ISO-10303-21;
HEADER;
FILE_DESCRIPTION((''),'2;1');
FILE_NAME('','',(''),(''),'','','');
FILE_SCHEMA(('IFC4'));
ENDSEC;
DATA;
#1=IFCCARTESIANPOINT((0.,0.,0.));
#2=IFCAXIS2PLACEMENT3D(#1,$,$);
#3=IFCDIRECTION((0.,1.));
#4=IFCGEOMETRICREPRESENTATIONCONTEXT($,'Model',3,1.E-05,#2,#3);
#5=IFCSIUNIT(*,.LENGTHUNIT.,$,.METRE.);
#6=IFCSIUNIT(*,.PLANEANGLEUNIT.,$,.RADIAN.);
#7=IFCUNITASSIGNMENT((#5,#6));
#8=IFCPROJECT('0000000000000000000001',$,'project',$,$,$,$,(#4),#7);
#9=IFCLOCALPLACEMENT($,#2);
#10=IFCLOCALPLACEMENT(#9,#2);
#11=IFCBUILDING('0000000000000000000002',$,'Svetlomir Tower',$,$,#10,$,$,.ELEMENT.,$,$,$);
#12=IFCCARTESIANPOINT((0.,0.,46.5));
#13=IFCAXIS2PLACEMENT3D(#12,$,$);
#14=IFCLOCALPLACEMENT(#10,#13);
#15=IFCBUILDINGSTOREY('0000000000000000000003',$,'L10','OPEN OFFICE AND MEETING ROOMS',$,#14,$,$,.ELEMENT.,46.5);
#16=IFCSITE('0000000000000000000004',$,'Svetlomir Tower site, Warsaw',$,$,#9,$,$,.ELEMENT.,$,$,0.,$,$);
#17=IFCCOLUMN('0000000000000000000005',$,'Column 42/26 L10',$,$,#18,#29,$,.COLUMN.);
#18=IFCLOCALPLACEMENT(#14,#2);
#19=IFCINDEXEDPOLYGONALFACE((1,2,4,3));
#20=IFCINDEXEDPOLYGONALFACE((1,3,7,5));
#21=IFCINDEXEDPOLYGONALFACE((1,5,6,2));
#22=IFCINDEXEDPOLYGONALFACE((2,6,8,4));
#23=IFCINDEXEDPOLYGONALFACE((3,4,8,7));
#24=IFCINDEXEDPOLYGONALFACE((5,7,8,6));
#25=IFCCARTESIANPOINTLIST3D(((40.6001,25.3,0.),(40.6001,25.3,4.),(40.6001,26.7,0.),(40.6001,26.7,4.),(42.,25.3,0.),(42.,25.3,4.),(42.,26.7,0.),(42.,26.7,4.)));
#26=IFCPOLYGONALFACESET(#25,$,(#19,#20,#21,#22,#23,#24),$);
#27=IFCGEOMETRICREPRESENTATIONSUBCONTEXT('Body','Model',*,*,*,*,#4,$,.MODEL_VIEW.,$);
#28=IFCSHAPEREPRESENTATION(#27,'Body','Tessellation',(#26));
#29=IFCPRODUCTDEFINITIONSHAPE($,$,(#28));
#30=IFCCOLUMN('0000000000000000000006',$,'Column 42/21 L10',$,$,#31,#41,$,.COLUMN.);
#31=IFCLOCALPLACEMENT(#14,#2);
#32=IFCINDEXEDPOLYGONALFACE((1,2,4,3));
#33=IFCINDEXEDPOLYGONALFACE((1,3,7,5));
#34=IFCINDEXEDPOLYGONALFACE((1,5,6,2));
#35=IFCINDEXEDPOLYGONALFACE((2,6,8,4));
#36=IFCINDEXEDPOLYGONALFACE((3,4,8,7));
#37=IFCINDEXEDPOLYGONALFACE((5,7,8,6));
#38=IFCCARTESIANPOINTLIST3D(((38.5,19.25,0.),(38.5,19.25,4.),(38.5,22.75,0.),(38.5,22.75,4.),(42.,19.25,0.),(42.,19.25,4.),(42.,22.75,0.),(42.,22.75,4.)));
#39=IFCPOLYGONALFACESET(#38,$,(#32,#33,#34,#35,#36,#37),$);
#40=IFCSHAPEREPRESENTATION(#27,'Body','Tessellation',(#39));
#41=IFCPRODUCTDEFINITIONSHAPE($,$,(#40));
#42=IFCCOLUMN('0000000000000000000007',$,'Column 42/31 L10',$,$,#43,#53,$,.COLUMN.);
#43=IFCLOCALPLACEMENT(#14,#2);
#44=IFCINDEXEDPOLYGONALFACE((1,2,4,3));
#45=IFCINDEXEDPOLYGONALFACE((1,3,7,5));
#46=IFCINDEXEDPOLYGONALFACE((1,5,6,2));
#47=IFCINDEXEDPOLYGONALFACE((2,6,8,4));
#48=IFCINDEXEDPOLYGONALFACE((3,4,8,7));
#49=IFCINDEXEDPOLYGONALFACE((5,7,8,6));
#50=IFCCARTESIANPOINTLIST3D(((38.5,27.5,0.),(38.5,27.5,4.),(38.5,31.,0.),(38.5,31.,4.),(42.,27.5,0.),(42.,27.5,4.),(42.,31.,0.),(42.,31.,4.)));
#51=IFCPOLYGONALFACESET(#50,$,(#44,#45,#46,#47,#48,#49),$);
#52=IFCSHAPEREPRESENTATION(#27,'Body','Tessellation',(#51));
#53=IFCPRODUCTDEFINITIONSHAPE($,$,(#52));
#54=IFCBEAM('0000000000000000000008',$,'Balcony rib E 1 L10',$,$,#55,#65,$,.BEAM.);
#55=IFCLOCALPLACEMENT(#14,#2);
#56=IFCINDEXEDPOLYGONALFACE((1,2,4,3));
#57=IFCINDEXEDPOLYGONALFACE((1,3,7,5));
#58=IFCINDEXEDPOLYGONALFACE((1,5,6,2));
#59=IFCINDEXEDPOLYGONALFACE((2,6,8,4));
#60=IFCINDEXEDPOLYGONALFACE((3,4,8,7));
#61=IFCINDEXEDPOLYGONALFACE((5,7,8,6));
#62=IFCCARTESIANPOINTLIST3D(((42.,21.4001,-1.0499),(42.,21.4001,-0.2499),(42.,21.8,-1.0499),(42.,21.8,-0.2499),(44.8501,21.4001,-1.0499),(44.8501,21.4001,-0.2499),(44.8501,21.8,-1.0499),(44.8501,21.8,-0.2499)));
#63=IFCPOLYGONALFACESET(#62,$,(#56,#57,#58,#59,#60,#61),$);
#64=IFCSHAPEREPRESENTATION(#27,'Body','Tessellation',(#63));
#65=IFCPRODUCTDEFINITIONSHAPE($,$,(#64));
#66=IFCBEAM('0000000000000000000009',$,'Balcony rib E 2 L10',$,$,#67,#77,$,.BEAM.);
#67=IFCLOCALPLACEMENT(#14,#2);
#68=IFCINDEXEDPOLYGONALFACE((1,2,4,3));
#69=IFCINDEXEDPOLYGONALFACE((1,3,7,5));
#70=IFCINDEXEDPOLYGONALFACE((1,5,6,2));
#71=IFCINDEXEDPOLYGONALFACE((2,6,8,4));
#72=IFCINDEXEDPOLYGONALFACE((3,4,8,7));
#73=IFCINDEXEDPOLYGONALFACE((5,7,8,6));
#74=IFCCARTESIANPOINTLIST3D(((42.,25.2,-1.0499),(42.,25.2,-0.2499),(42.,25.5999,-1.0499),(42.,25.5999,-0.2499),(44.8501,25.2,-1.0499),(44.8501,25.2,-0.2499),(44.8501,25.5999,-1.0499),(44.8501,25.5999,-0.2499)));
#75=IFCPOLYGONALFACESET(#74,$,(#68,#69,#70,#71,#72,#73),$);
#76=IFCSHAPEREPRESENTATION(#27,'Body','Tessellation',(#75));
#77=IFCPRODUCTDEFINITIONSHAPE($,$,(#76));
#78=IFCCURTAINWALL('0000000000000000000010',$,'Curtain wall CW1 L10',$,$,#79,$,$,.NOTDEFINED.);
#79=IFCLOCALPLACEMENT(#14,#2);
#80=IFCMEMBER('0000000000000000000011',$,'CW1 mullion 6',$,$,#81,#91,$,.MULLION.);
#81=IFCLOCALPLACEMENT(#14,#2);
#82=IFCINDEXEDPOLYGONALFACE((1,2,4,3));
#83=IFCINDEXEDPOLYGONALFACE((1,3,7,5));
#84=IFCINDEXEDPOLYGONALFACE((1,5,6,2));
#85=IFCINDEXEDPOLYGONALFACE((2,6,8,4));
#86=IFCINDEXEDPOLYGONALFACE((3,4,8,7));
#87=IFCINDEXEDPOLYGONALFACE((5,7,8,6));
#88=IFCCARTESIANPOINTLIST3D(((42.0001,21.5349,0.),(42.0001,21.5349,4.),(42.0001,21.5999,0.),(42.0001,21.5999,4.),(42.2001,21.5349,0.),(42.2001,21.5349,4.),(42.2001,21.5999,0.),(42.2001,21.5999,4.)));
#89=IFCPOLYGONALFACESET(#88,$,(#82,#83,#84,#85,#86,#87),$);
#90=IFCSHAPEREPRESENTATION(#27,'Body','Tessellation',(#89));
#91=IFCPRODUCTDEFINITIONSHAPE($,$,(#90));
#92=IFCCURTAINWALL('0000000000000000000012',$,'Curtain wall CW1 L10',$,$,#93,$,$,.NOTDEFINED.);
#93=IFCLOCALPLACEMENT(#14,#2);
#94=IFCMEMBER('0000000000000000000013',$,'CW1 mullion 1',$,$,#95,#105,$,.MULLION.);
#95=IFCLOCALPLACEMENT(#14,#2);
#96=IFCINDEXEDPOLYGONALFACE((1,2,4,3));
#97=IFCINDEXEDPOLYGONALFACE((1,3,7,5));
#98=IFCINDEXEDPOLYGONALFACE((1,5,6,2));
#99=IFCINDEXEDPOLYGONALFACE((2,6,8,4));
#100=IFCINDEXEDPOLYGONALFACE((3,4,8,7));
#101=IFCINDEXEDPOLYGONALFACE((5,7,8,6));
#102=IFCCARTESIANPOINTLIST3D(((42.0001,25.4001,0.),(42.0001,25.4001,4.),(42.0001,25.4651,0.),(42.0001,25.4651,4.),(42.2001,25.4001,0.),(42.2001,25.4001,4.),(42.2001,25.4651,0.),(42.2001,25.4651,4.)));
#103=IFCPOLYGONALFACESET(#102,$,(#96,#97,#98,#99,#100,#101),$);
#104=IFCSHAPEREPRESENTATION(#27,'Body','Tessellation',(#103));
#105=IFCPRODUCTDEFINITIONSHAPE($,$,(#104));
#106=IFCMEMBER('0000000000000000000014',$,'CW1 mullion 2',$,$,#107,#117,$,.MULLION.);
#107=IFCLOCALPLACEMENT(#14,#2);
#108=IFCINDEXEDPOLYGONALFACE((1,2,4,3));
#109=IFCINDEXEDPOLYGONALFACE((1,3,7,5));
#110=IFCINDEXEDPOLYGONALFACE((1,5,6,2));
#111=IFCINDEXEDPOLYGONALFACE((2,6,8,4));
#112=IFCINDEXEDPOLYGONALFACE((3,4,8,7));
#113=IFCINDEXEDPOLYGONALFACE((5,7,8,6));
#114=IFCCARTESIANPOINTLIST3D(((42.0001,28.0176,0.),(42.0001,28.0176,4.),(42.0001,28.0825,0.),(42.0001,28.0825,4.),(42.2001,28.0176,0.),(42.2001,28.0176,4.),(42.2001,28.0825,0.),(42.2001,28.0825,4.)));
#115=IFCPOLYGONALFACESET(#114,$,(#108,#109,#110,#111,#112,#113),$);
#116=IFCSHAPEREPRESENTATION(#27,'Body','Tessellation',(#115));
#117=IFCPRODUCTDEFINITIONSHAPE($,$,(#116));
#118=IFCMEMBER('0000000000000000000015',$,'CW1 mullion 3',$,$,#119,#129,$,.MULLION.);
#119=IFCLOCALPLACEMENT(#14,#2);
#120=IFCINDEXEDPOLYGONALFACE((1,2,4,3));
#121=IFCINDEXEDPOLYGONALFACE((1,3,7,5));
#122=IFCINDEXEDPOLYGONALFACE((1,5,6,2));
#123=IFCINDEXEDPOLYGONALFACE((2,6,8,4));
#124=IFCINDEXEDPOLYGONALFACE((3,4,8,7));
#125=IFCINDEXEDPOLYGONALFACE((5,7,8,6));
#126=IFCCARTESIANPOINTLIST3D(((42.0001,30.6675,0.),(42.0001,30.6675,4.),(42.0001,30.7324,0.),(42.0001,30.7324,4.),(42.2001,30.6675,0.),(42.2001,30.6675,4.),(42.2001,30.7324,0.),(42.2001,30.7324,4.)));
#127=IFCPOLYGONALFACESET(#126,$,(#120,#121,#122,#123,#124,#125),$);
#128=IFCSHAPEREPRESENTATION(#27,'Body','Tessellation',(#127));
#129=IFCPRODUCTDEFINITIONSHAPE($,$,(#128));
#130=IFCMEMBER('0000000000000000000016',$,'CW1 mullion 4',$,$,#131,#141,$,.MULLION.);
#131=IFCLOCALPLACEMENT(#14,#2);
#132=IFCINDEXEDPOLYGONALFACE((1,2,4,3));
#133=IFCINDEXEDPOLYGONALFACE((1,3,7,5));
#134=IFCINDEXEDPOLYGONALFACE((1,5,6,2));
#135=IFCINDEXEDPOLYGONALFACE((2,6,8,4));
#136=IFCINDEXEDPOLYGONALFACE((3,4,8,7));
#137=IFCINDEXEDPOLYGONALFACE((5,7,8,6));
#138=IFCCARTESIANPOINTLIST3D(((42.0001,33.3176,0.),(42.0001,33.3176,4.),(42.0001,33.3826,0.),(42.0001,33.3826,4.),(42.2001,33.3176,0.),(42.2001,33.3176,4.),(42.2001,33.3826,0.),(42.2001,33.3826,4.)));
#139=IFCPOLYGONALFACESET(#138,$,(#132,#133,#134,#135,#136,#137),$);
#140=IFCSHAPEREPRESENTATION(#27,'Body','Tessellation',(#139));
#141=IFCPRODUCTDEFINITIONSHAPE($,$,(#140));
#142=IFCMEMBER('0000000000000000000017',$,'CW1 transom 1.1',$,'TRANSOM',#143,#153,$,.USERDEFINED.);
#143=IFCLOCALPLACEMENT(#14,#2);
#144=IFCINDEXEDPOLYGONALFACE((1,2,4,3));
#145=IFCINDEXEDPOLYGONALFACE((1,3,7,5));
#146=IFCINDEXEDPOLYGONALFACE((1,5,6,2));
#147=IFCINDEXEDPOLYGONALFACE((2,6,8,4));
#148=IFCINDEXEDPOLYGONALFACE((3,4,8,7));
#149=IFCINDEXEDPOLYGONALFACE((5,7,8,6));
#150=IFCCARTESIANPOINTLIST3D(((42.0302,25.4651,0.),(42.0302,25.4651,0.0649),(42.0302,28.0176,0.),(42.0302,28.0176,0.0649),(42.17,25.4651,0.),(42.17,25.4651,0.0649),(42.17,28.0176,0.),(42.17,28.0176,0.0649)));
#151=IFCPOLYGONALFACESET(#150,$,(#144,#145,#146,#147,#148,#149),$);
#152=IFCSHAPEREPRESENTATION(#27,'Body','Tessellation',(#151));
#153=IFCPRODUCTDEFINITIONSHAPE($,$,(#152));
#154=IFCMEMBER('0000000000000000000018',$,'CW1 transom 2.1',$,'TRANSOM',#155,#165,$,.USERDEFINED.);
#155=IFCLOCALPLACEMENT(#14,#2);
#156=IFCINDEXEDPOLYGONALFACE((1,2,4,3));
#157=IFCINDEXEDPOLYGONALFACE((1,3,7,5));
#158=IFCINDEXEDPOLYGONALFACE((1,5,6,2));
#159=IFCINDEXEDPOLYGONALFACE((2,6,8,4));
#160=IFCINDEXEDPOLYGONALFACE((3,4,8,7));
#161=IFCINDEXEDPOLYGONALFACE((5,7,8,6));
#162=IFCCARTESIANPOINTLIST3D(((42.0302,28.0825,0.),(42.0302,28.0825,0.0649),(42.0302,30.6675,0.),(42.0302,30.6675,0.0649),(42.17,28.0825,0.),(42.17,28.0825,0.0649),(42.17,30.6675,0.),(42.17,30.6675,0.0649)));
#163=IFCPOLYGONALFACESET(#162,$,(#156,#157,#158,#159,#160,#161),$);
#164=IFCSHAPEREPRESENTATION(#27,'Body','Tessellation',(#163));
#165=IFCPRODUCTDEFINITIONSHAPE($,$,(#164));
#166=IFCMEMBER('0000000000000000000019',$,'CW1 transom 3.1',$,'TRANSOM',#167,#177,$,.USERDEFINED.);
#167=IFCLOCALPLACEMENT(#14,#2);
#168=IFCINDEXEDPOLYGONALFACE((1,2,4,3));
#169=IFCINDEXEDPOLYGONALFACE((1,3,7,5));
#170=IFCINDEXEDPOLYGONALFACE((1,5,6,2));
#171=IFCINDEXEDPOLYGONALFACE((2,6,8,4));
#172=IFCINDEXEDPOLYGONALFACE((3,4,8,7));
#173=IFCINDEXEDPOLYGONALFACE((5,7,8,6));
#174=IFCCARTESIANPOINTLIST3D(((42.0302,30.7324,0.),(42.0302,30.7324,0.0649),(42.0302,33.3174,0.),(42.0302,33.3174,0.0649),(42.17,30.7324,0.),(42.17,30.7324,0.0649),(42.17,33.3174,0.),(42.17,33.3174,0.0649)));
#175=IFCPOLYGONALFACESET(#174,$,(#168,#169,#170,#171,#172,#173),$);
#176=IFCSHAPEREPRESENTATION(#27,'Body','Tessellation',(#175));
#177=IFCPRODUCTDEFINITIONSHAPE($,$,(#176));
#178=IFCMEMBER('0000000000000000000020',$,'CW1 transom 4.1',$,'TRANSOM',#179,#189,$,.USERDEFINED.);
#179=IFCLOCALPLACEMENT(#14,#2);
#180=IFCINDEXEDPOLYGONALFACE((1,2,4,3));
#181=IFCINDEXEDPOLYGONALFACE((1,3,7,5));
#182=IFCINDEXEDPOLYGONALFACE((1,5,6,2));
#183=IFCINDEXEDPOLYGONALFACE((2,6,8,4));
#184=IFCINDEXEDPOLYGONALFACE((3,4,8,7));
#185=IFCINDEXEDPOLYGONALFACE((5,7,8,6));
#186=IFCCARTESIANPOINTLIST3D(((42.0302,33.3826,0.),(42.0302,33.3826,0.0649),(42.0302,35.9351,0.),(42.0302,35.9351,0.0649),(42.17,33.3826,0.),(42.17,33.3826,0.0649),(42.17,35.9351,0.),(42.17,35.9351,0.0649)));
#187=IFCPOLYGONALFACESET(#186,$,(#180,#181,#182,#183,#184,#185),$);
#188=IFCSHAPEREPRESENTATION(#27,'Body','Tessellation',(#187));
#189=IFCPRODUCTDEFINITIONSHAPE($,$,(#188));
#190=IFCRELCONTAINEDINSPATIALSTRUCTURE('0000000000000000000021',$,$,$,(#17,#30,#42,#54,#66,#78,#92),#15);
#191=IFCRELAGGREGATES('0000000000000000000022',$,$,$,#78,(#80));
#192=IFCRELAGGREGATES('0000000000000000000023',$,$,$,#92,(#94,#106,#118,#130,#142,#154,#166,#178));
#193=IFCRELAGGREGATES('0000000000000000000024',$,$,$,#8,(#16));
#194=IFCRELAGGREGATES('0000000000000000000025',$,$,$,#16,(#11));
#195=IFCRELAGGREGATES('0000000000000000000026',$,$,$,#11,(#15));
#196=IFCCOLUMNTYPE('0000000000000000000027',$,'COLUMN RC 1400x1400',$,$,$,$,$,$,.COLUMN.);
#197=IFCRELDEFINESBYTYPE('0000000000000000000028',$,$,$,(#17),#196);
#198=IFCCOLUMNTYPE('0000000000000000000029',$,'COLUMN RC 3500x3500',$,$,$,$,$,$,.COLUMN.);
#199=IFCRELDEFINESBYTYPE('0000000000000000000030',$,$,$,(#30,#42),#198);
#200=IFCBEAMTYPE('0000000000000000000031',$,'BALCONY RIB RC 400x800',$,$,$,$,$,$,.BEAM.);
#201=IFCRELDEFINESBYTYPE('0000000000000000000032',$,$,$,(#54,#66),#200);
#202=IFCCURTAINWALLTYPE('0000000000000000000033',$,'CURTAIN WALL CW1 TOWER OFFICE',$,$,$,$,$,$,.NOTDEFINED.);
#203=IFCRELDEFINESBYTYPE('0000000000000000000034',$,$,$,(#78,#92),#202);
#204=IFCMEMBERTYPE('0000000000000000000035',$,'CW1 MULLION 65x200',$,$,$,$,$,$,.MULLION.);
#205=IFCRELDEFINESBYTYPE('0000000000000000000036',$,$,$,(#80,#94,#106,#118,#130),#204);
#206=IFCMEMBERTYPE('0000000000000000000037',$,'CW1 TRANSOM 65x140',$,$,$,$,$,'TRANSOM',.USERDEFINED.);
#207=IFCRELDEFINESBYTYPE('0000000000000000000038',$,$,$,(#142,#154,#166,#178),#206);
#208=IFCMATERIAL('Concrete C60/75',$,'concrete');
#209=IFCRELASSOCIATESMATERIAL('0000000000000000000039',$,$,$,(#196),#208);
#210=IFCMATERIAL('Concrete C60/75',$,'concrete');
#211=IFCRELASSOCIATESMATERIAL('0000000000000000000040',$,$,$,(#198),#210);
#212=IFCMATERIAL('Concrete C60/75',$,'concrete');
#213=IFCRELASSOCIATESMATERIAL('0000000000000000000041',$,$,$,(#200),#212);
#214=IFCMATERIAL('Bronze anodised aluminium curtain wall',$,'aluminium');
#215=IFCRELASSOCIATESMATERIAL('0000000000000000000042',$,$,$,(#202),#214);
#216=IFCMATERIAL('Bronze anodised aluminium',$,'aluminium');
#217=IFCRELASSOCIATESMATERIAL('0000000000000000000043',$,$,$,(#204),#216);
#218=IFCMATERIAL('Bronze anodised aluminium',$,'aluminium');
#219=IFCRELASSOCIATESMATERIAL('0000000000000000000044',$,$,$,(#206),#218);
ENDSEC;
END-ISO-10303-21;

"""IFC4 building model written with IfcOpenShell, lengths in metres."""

from ifc_helpers import new_model, si_unit, direction, frame, origin, origin_2d, place, context, subcontext, project, spatial, rectangle, extrude, material, material_profile, profile_set, type_object, element, aggregate, save


model = new_model("IFC4")

# Units and contexts
model_context = context("Model", 3, precision=1e-05, world=origin(), true_north=direction((0.0, 1.0)))
body_context = subcontext(model_context, "Body", "Model", "MODEL_VIEW")
ifc_project = project(units=[si_unit("LENGTHUNIT", "METRE"), si_unit("PLANEANGLEUNIT", "RADIAN")], contexts=[model_context])

# Site, building, storey
site_placement = place(None, origin())
site = spatial("IfcSite", under=ifc_project, at=site_placement, Name="Svetlomir Tower site, Warsaw", CompositionType="ELEMENT", RefElevation=0.0)
building_placement = place(site_placement, origin())
building = spatial("IfcBuilding", under=site, at=building_placement, Name="Svetlomir Tower", CompositionType="ELEMENT")
storey_placement = place(building_placement, frame((0.0, 0.0, 46.5)))
storey = spatial("IfcBuildingStorey", under=building, at=storey_placement, Name="L10", Description="OPEN OFFICE AND MEETING ROOMS", CompositionType="ELEMENT", Elevation=46.5)

# Columns
ifc_material_1 = material(Name="Concrete C60/75", Category="concrete")
ifc_material_profile_1 = material_profile(ifc_material_1, rectangle(XDim=1.3999, YDim=1.3999, at=origin_2d()), Name="RC 1400x1400")
ifc_profile_set_1 = profile_set([ifc_material_profile_1], Name="Concrete C60/75")
column_type_1 = type_object("IfcColumnType", Name="COLUMN RC 1400x1400", PredefinedType="COLUMN", material=ifc_profile_set_1)
column_placement = place(storey_placement, frame((41.3, 26.0, 0.0), z_axis=(0.0, 0.0, 1.0), x_axis=(1.0, 0.0, 0.0)))
element("IfcColumn", 1, at=column_placement, inside=storey, type_object=column_type_1, Name="Column 42/26 L10", PredefinedType="COLUMN", context=body_context, shape_type="SweptSolid", body=[
    extrude(rectangle(XDim=1.3999, YDim=1.3999, at=origin_2d()), origin(), (0.0, 0.0, 1.0), 4.0),
])
ifc_material_2 = material(Name="Concrete C60/75", Category="concrete")
ifc_material_profile_2 = material_profile(ifc_material_2, rectangle(XDim=3.5, YDim=3.5, at=origin_2d()), Name="RC 3500x3500")
ifc_profile_set_2 = profile_set([ifc_material_profile_2], Name="Concrete C60/75")
column_type_2 = type_object("IfcColumnType", Name="COLUMN RC 3500x3500", PredefinedType="COLUMN", material=ifc_profile_set_2)
for number, where, z_axis, x_axis, name in (
    (2, (40.25, 21.0, 0.0), (0.0, 0.0, 1.0), (1.0, 0.0, 0.0), "Column 42/21 L10"),
    (3, (40.25, 29.25, 0.0), (0.0, 0.0, 1.0), (1.0, 0.0, 0.0), "Column 42/31 L10"),
):
    element("IfcColumn", number, at=place(storey_placement, frame(where, z_axis=z_axis, x_axis=x_axis)), inside=storey, type_object=column_type_2, Name=name, PredefinedType="COLUMN", context=body_context, shape_type="SweptSolid", body=[
        extrude(rectangle(XDim=3.5, YDim=3.5, at=origin_2d()), origin(), (0.0, 0.0, 1.0), 4.0),
    ])

# Beams
ifc_material_3 = material(Name="Concrete C60/75", Category="concrete")
ifc_material_profile_3 = material_profile(ifc_material_3, rectangle(XDim=0.3999, YDim=0.8, at=origin_2d()), Name="RC 400x800")
ifc_profile_set_3 = profile_set([ifc_material_profile_3], Name="Concrete C60/75")
beam_type_1 = type_object("IfcBeamType", Name="BALCONY RIB RC 400x800", PredefinedType="BEAM", material=ifc_profile_set_3)
for number, where, z_axis, x_axis, name in (
    (4, (42.0, 21.6001, -0.6499), (1.0, 0.0, 0.0), (0.0, 1.0, 0.0), "Balcony rib E 1 L10"),
    (5, (42.0, 25.3999, -0.6499), (1.0, 0.0, 0.0), (0.0, 1.0, 0.0), "Balcony rib E 2 L10"),
):
    element("IfcBeam", number, at=place(storey_placement, frame(where, z_axis=z_axis, x_axis=x_axis)), inside=storey, type_object=beam_type_1, Name=name, PredefinedType="BEAM", context=body_context, shape_type="SweptSolid", body=[
        extrude(rectangle(XDim=0.3999, YDim=0.8, at=origin_2d()), origin(), (0.0, 0.0, 1.0), 2.8501),
    ])

# Curtain wall, member
ifc_material_4 = material(Name="Bronze anodised aluminium curtain wall", Category="aluminium")
curtain_wall_type = type_object("IfcCurtainWallType", Name="CURTAIN WALL CW1 TOWER OFFICE", PredefinedType="NOTDEFINED", material=ifc_material_4)
curtain_wall_1_placement = place(storey_placement, origin())
curtain_wall_1 = element("IfcCurtainWall", 6, at=curtain_wall_1_placement, inside=storey, type_object=curtain_wall_type, Name="Curtain wall CW1 L10", PredefinedType="NOTDEFINED")
ifc_material_5 = material(Name="Bronze anodised aluminium", Category="aluminium")
ifc_material_profile_4 = material_profile(ifc_material_5, rectangle(XDim=0.0649, YDim=0.2, at=origin_2d()), Name="AL 65x200")
ifc_profile_set_4 = profile_set([ifc_material_profile_4], Name="Bronze anodised aluminium 6063-T6")
member_type_1 = type_object("IfcMemberType", Name="CW1 MULLION 65x200", PredefinedType="MULLION", material=ifc_profile_set_4)
member_1_placement = place(storey_placement, frame((42.1001, 21.5674, 0.0), z_axis=(0.0, 0.0, 1.0), x_axis=(0.0, 1.0, 0.0)))
member_1 = element("IfcMember", 7, at=member_1_placement, type_object=member_type_1, Name="CW1 mullion 6", PredefinedType="MULLION", context=body_context, shape_type="SweptSolid", body=[
    extrude(rectangle(XDim=0.0649, YDim=0.2, at=origin_2d()), origin(), (0.0, 0.0, 1.0), 4.0),
])
aggregate(curtain_wall_1, [member_1])

# Curtain wall, members
curtain_wall_2_placement = place(storey_placement, origin())
curtain_wall_2 = element("IfcCurtainWall", 8, at=curtain_wall_2_placement, inside=storey, type_object=curtain_wall_type, Name="Curtain wall CW1 L10", PredefinedType="NOTDEFINED")
member_2_placement = place(storey_placement, frame((42.1001, 25.4326, 0.0), z_axis=(0.0, 0.0, 1.0), x_axis=(0.0, 1.0, 0.0)))
member_2 = element("IfcMember", 9, at=member_2_placement, type_object=member_type_1, Name="CW1 mullion 1", PredefinedType="MULLION", context=body_context, shape_type="SweptSolid", body=[
    extrude(rectangle(XDim=0.0649, YDim=0.2, at=origin_2d()), origin(), (0.0, 0.0, 1.0), 4.0),
])
member_3_placement = place(storey_placement, frame((42.1001, 28.05, 0.0), z_axis=(0.0, 0.0, 1.0), x_axis=(0.0, 1.0, 0.0)))
member_3 = element("IfcMember", 10, at=member_3_placement, type_object=member_type_1, Name="CW1 mullion 2", PredefinedType="MULLION", context=body_context, shape_type="SweptSolid", body=[
    extrude(rectangle(XDim=0.0649, YDim=0.2, at=origin_2d()), origin(), (0.0, 0.0, 1.0), 4.0),
])
member_4_placement = place(storey_placement, frame((42.1001, 30.7, 0.0), z_axis=(0.0, 0.0, 1.0), x_axis=(0.0, 1.0, 0.0)))
member_4 = element("IfcMember", 11, at=member_4_placement, type_object=member_type_1, Name="CW1 mullion 3", PredefinedType="MULLION", context=body_context, shape_type="SweptSolid", body=[
    extrude(rectangle(XDim=0.0649, YDim=0.2, at=origin_2d()), origin(), (0.0, 0.0, 1.0), 4.0),
])
member_5_placement = place(storey_placement, frame((42.1001, 33.3501, 0.0), z_axis=(0.0, 0.0, 1.0), x_axis=(0.0, 1.0, 0.0)))
member_5 = element("IfcMember", 12, at=member_5_placement, type_object=member_type_1, Name="CW1 mullion 4", PredefinedType="MULLION", context=body_context, shape_type="SweptSolid", body=[
    extrude(rectangle(XDim=0.0649, YDim=0.2, at=origin_2d()), origin(), (0.0, 0.0, 1.0), 4.0),
])
ifc_material_6 = material(Name="Bronze anodised aluminium", Category="aluminium")
ifc_material_profile_5 = material_profile(ifc_material_6, rectangle(XDim=0.1399, YDim=0.0649, at=origin_2d()), Name="AL 140x65")
ifc_profile_set_5 = profile_set([ifc_material_profile_5], Name="Bronze anodised aluminium 6063-T6")
member_type_2 = type_object("IfcMemberType", Name="CW1 TRANSOM 65x140", ElementType="TRANSOM", PredefinedType="USERDEFINED", material=ifc_profile_set_5)
member_6_placement = place(storey_placement, frame((42.1001, 25.4651, 0.0325), z_axis=(0.0, 1.0, 0.0), x_axis=(-1.0, 0.0, 0.0)))
member_6 = element("IfcMember", 13, at=member_6_placement, type_object=member_type_2, Name="CW1 transom 1.1", ObjectType="TRANSOM", PredefinedType="USERDEFINED", context=body_context, shape_type="SweptSolid", body=[
    extrude(rectangle(XDim=0.1399, YDim=0.0649, at=origin_2d()), origin(), (0.0, 0.0, 1.0), 2.5525),
])
member_7_placement = place(storey_placement, frame((42.1001, 28.0825, 0.0325), z_axis=(0.0, 1.0, 0.0), x_axis=(-1.0, 0.0, 0.0)))
member_7 = element("IfcMember", 14, at=member_7_placement, type_object=member_type_2, Name="CW1 transom 2.1", ObjectType="TRANSOM", PredefinedType="USERDEFINED", context=body_context, shape_type="SweptSolid", body=[
    extrude(rectangle(XDim=0.1399, YDim=0.0649, at=origin_2d()), origin(), (0.0, 0.0, 1.0), 2.585),
])
member_8_placement = place(storey_placement, frame((42.1001, 30.7324, 0.0325), z_axis=(0.0, 1.0, 0.0), x_axis=(-1.0, 0.0, 0.0)))
member_8 = element("IfcMember", 15, at=member_8_placement, type_object=member_type_2, Name="CW1 transom 3.1", ObjectType="TRANSOM", PredefinedType="USERDEFINED", context=body_context, shape_type="SweptSolid", body=[
    extrude(rectangle(XDim=0.1399, YDim=0.0649, at=origin_2d()), origin(), (0.0, 0.0, 1.0), 2.585),
])
member_9_placement = place(storey_placement, frame((42.1001, 33.3826, 0.0325), z_axis=(0.0, 1.0, 0.0), x_axis=(-1.0, 0.0, 0.0)))
member_9 = element("IfcMember", 16, at=member_9_placement, type_object=member_type_2, Name="CW1 transom 4.1", ObjectType="TRANSOM", PredefinedType="USERDEFINED", context=body_context, shape_type="SweptSolid", body=[
    extrude(rectangle(XDim=0.1399, YDim=0.0649, at=origin_2d()), origin(), (0.0, 0.0, 1.0), 2.5525),
])

aggregate(curtain_wall_2, [member_2, member_3, member_4, member_5, member_6, member_7, member_8, member_9])

save(model, "model.ifc")
